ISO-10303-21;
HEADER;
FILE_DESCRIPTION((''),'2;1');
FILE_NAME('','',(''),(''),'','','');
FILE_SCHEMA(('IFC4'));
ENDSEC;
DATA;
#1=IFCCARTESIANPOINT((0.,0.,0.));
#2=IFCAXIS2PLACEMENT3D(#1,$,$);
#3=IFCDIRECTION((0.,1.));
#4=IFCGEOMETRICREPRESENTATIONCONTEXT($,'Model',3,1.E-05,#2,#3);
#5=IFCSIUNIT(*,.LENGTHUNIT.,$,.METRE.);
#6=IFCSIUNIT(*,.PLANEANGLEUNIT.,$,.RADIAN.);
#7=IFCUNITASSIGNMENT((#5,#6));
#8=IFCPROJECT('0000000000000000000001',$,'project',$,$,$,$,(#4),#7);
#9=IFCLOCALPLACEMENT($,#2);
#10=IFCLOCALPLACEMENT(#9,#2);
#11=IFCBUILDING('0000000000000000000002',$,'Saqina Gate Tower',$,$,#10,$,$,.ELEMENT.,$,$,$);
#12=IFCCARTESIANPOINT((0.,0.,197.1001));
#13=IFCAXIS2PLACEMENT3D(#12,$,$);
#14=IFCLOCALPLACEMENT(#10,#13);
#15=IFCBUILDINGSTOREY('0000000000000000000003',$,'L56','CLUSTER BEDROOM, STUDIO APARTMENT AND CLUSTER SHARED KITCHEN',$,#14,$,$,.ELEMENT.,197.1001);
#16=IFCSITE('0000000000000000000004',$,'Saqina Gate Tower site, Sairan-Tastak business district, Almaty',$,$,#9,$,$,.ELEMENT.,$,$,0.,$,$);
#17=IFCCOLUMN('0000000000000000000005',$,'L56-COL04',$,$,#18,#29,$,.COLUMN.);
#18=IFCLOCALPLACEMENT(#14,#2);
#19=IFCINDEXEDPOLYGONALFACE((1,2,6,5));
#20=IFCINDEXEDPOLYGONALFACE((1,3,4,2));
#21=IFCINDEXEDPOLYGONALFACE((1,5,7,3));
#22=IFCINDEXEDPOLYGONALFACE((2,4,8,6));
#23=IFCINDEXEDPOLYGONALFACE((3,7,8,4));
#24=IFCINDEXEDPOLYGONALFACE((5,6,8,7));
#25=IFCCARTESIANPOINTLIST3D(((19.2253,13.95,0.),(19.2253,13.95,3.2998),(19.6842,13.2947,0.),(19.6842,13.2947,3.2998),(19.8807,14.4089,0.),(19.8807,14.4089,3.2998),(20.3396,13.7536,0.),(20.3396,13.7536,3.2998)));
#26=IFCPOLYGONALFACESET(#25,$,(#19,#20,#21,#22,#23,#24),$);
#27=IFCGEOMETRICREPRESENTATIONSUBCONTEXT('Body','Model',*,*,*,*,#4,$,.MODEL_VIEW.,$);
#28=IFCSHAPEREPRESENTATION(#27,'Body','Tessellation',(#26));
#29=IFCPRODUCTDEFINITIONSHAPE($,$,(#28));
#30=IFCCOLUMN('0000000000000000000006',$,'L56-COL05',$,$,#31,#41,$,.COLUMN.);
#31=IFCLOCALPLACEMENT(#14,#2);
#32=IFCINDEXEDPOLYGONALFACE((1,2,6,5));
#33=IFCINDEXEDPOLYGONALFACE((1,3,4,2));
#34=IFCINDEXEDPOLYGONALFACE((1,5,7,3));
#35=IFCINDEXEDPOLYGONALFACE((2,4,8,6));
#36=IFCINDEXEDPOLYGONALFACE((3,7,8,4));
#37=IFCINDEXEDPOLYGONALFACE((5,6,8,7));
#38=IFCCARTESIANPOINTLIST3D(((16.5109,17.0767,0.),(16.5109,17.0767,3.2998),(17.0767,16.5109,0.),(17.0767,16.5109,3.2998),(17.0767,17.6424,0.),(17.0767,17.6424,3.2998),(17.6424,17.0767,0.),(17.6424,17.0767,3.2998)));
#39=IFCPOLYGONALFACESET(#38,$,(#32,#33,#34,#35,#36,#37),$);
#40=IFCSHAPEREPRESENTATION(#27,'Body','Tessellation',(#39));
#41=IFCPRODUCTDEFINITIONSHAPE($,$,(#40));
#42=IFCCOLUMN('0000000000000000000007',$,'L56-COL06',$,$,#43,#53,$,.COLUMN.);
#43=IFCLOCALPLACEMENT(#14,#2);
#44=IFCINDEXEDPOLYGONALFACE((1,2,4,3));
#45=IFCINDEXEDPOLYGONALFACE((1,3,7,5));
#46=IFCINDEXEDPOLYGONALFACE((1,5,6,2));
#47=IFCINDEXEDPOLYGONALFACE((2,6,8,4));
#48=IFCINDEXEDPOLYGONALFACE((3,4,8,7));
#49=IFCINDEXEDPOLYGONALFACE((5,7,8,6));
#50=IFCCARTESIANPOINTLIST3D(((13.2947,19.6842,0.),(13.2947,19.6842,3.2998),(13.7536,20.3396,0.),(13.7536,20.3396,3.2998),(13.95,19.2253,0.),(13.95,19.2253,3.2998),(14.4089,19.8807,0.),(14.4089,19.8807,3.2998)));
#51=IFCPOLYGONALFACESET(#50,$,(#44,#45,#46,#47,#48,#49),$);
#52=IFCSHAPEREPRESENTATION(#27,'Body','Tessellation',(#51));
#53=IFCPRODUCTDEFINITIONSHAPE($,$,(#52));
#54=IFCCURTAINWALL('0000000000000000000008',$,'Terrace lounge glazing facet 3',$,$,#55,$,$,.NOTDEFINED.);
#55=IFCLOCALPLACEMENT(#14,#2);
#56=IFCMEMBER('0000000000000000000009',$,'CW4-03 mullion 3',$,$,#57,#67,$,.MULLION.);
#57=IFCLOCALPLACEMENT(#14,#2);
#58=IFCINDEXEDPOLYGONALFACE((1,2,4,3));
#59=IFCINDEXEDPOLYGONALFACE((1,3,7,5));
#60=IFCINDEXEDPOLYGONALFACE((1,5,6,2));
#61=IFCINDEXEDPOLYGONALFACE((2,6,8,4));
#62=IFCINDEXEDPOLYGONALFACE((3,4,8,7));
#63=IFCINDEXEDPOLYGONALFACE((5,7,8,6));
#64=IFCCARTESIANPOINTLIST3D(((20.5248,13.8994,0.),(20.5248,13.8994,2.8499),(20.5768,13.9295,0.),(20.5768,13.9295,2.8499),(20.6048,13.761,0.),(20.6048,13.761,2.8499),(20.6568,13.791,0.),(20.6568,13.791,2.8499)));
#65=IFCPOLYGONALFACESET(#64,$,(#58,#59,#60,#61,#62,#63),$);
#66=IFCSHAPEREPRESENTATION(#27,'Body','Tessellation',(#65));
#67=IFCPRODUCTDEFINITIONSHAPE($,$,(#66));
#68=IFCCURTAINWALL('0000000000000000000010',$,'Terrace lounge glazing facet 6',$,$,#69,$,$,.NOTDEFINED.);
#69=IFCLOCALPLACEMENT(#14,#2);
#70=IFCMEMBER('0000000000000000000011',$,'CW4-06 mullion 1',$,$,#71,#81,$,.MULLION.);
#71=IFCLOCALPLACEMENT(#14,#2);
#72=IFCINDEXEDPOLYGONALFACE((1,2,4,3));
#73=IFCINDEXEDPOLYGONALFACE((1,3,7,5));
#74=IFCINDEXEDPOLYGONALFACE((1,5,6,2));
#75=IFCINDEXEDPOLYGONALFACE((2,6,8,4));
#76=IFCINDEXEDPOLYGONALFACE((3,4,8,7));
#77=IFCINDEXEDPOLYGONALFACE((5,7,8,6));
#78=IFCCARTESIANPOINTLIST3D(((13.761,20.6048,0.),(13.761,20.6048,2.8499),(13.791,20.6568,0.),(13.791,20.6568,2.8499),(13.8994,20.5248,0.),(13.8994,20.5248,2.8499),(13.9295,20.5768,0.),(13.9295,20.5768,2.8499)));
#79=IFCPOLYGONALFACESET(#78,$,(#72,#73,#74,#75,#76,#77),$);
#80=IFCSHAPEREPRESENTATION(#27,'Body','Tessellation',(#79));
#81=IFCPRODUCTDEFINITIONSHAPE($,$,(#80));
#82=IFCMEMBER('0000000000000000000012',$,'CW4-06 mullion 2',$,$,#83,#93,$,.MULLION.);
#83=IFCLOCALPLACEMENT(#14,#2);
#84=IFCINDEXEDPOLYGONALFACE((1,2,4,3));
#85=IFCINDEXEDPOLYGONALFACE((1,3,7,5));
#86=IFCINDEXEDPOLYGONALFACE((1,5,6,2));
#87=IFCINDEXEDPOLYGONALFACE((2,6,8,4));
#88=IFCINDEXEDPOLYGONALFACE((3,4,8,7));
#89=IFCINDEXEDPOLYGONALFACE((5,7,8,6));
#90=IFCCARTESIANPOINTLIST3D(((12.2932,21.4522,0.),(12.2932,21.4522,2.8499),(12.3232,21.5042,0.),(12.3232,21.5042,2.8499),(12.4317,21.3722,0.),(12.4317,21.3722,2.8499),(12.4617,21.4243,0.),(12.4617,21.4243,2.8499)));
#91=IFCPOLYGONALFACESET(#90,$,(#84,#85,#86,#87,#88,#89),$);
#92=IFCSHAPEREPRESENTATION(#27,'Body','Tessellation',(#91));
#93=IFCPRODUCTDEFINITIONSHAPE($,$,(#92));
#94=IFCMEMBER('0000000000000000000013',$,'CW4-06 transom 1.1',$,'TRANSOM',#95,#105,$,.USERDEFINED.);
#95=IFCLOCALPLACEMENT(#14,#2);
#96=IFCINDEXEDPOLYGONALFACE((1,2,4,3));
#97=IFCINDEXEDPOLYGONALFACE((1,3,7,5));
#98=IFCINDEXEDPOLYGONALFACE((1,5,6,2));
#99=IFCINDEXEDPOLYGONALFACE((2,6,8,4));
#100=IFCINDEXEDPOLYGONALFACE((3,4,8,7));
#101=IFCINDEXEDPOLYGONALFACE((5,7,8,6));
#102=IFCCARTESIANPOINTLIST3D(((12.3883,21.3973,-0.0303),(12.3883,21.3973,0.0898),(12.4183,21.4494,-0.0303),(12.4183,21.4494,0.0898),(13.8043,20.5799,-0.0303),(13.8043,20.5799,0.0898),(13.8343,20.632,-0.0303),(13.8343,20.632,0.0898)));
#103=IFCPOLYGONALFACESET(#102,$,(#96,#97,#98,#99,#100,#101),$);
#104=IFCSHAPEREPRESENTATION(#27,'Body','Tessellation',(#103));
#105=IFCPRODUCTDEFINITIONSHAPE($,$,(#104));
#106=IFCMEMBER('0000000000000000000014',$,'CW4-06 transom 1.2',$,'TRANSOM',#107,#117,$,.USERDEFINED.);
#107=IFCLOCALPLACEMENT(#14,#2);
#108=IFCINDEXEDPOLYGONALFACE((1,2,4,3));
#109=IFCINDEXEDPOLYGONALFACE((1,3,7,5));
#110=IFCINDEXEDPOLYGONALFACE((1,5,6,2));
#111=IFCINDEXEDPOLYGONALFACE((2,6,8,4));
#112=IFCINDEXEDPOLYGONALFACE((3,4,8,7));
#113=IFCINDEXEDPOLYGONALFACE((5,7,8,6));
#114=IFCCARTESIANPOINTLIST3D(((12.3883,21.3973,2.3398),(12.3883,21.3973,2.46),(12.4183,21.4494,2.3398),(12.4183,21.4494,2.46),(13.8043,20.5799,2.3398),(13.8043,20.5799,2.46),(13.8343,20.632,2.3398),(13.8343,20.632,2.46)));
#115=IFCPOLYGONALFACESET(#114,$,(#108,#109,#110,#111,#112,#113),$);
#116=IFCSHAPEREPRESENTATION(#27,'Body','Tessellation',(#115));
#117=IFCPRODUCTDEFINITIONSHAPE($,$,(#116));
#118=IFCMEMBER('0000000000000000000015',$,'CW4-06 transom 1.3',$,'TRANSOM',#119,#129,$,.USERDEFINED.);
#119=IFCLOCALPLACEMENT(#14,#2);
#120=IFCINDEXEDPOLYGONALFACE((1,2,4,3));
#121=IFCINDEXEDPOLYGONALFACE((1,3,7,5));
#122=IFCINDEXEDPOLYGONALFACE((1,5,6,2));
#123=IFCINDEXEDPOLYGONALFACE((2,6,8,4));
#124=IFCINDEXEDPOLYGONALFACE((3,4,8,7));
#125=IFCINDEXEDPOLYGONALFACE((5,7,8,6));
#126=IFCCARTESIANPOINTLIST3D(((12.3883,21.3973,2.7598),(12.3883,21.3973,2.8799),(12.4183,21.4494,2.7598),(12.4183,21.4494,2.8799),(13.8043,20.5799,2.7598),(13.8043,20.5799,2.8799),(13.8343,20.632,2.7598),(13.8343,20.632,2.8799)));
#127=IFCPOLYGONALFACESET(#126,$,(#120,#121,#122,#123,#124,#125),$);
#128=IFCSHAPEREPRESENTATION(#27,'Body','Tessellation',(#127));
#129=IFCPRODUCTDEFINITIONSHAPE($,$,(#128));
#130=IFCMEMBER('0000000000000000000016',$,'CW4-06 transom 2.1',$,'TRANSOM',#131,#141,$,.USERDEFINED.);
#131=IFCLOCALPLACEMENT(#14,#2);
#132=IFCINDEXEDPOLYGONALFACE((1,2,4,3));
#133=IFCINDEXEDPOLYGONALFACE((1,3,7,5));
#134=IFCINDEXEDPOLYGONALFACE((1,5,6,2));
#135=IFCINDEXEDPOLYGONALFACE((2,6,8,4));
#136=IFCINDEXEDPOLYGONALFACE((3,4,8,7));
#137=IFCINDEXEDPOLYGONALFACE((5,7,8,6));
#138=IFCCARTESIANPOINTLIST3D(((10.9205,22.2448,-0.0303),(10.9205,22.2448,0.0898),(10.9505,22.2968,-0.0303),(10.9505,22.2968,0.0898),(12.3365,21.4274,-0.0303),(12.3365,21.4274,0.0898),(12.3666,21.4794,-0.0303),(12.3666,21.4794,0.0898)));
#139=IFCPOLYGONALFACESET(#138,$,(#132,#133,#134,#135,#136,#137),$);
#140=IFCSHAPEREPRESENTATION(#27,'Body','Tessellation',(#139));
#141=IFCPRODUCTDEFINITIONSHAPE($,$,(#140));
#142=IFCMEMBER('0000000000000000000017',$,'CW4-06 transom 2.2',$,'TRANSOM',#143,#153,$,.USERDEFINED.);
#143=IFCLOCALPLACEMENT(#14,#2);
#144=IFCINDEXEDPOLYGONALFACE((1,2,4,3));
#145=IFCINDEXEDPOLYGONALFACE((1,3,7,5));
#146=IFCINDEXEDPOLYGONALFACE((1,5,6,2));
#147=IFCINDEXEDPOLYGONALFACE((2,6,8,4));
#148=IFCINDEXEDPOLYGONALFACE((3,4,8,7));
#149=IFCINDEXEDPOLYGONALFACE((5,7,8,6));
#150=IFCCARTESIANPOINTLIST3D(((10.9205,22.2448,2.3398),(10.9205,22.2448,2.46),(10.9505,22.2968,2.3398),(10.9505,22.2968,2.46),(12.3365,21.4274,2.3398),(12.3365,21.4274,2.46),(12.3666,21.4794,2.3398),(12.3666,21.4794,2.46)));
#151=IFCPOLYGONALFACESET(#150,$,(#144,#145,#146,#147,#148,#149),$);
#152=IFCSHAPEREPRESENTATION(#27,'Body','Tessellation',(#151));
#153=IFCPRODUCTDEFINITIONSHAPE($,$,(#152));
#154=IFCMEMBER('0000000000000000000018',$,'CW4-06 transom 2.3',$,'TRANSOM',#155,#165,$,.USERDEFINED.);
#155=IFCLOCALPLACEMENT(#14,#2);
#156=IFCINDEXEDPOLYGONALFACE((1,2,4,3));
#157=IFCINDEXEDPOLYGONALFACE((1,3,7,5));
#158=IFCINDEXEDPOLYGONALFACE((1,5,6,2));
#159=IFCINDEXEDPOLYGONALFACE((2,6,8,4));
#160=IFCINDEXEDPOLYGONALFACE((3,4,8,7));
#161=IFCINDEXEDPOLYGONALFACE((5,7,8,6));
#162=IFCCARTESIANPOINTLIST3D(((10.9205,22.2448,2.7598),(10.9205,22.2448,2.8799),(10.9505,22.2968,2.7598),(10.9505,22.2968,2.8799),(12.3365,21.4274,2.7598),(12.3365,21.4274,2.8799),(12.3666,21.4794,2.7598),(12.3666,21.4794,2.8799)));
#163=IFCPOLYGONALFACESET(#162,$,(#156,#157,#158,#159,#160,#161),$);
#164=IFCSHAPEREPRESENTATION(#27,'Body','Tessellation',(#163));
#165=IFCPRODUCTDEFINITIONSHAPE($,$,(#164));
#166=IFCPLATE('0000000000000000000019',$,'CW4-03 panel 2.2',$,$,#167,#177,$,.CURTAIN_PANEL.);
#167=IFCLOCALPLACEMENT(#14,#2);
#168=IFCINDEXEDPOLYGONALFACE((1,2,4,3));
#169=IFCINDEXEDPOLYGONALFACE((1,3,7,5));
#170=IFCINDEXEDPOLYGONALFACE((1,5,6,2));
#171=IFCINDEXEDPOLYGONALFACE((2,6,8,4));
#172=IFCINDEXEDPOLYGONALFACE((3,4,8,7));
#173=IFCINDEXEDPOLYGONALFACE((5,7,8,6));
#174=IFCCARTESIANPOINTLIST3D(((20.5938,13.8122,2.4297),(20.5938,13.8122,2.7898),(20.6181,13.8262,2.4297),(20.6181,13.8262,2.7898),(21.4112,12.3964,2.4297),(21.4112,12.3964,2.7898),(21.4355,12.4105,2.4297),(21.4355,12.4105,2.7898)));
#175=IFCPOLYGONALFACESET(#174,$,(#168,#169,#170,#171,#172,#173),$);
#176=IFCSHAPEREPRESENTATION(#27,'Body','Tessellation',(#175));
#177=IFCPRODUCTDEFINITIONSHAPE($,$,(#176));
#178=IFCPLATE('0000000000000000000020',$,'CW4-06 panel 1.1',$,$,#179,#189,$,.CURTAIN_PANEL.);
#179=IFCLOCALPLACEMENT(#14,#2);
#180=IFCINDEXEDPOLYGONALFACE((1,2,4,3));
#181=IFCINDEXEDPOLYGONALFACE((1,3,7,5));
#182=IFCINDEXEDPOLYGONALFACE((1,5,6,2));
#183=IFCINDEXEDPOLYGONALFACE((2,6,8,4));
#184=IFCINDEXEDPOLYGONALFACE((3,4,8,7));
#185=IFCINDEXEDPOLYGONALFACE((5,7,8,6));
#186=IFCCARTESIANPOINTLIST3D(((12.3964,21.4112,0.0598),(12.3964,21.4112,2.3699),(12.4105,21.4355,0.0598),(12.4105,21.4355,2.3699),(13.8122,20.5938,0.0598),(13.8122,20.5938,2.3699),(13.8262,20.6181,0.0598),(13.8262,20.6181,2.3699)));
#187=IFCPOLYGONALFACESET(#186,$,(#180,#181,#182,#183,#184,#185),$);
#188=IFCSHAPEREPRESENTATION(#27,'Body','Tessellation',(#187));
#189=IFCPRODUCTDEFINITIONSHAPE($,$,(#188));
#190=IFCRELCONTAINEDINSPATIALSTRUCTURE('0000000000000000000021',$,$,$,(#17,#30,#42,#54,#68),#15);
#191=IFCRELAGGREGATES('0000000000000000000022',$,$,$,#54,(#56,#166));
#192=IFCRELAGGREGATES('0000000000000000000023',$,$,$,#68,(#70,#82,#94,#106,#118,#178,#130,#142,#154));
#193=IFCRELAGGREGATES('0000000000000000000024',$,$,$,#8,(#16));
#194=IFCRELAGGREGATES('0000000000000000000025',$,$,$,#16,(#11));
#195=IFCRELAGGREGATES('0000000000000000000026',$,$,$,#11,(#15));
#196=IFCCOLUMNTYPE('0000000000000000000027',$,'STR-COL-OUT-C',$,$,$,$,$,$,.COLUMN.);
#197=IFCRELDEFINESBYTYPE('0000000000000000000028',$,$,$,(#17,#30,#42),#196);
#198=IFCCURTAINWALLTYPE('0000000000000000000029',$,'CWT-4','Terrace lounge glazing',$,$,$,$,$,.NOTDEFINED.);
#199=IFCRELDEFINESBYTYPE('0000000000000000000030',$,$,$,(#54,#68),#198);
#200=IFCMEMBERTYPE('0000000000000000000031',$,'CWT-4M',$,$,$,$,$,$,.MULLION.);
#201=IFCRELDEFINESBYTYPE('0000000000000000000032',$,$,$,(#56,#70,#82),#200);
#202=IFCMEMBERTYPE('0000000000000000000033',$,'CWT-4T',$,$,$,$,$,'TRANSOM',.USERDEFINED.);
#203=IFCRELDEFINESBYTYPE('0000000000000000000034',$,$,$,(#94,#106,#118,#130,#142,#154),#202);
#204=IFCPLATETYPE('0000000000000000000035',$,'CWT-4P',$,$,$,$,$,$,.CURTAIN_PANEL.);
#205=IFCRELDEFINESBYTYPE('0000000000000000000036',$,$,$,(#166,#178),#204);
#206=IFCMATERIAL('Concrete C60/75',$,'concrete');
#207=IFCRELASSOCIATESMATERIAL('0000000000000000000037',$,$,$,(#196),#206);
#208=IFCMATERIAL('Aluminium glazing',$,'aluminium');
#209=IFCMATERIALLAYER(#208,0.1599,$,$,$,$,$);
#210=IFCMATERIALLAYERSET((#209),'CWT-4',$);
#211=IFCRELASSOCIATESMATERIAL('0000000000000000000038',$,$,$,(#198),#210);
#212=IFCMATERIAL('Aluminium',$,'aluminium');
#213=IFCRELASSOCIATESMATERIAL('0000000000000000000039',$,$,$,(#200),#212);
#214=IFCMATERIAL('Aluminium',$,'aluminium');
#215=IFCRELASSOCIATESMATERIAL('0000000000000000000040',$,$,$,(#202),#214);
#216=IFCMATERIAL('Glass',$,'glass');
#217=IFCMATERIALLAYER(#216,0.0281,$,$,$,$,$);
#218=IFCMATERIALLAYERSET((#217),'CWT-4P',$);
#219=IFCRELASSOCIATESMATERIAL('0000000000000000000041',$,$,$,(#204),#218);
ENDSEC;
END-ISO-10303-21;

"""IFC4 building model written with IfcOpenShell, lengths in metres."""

from ifc_helpers import new_model, si_unit, direction, frame, origin, origin_2d, place, context, subcontext, project, spatial, rectangle, extrude, material, layer, layer_set, material_profile, profile_set, type_object, element, aggregate, save


model = new_model("IFC4")

# Units and contexts
model_context = context("Model", 3, precision=1e-05, world=origin(), true_north=direction((0.0, 1.0)))
body_context = subcontext(model_context, "Body", "Model", "MODEL_VIEW")
ifc_project = project(units=[si_unit("LENGTHUNIT", "METRE"), si_unit("PLANEANGLEUNIT", "RADIAN")], contexts=[model_context])

# Site, building, storey
site_placement = place(None, origin())
site = spatial("IfcSite", under=ifc_project, at=site_placement, Name="Saqina Gate Tower site, Sairan-Tastak business district, Almaty", CompositionType="ELEMENT", RefElevation=0.0)
building_placement = place(site_placement, origin())
building = spatial("IfcBuilding", under=site, at=building_placement, Name="Saqina Gate Tower", CompositionType="ELEMENT")
storey_placement = place(building_placement, frame((0.0, 0.0, 197.1001)))
storey = spatial("IfcBuildingStorey", under=building, at=storey_placement, Name="L56", Description="CLUSTER BEDROOM, STUDIO APARTMENT AND CLUSTER SHARED KITCHEN", CompositionType="ELEMENT", Elevation=197.1001)

# Columns
ifc_material_1 = material(Name="Concrete C60/75", Category="concrete")
ifc_material_profile_1 = material_profile(ifc_material_1, rectangle(XDim=0.8, YDim=0.8, at=origin_2d()), Name="RC 800x800")
ifc_profile_set_1 = profile_set([ifc_material_profile_1], Name="Concrete C60/75")
column_type = type_object("IfcColumnType", Name="STR-COL-OUT-C", PredefinedType="COLUMN", material=ifc_profile_set_1)
for number, where, z_axis, x_axis, name in (
    (1, (19.7825, 13.8518, 0.0), (0.0, 0.0, 1.0), (0.819152, 0.573576, 0.0), "L56-COL04"),
    (2, (17.0767, 17.0767, 0.0), (0.0, 0.0, 1.0), (0.707107, 0.707107, 0.0), "L56-COL05"),
    (3, (13.8518, 19.7825, 0.0), (0.0, 0.0, 1.0), (0.573576, 0.819152, 0.0), "L56-COL06"),
):
    element("IfcColumn", number, at=place(storey_placement, frame(where, z_axis=z_axis, x_axis=x_axis)), inside=storey, type_object=column_type, Name=name, PredefinedType="COLUMN", context=body_context, shape_type="SweptSolid", body=[
        extrude(rectangle(XDim=0.8, YDim=0.8, at=origin_2d()), origin(), (0.0, 0.0, 1.0), 3.2998),
    ])

# Curtain wall, member
ifc_material_2 = material(Name="Aluminium glazing", Category="aluminium")
ifc_layer_1 = layer(ifc_material_2, 0.1599)
ifc_layer_set_1 = layer_set([ifc_layer_1], Name="CWT-4")
curtain_wall_type = type_object("IfcCurtainWallType", Name="CWT-4", Description="Terrace lounge glazing", PredefinedType="NOTDEFINED", material=ifc_layer_set_1)
curtain_wall_1_placement = place(storey_placement, origin())
curtain_wall_1 = element("IfcCurtainWall", 4, at=curtain_wall_1_placement, inside=storey, type_object=curtain_wall_type, Name="Terrace lounge glazing facet 3", PredefinedType="NOTDEFINED")
ifc_material_3 = material(Name="Aluminium", Category="aluminium")
ifc_material_profile_2 = material_profile(ifc_material_3, rectangle(XDim=0.0601, YDim=0.1599, at=origin_2d()), Name="Aluminium 60x160")
ifc_profile_set_2 = profile_set([ifc_material_profile_2], Name="Aluminium")
member_type_1 = type_object("IfcMemberType", Name="CWT-4M", PredefinedType="MULLION", material=ifc_profile_set_2)
member_1_placement = place(storey_placement, frame((20.5908, 13.8452, 0.0), z_axis=(0.0, 0.0, 1.0), x_axis=(-0.866017, -0.500014, 0.0)))
member_1 = element("IfcMember", 5, at=member_1_placement, type_object=member_type_1, Name="CW4-03 mullion 3", PredefinedType="MULLION", context=body_context, shape_type="SweptSolid", body=[
    extrude(rectangle(XDim=0.0601, YDim=0.1599, at=origin_2d()), origin(), (0.0, 0.0, 1.0), 2.8499),
])

# Curtain wall, members
curtain_wall_2_placement = place(storey_placement, origin())
curtain_wall_2 = element("IfcCurtainWall", 6, at=curtain_wall_2_placement, inside=storey, type_object=curtain_wall_type, Name="Terrace lounge glazing facet 6", PredefinedType="NOTDEFINED")
member_2_placement = place(storey_placement, frame((13.8452, 20.5908, 0.0), z_axis=(0.0, 0.0, 1.0), x_axis=(-0.500014, -0.866017, 0.0)))
member_2 = element("IfcMember", 7, at=member_2_placement, type_object=member_type_1, Name="CW4-06 mullion 1", PredefinedType="MULLION", context=body_context, shape_type="SweptSolid", body=[
    extrude(rectangle(XDim=0.0601, YDim=0.1599, at=origin_2d()), origin(), (0.0, 0.0, 1.0), 2.8499),
])
member_3_placement = place(storey_placement, frame((12.3774, 21.4382, 0.0), z_axis=(0.0, 0.0, 1.0), x_axis=(-0.500014, -0.866017, 0.0)))
member_3 = element("IfcMember", 8, at=member_3_placement, type_object=member_type_1, Name="CW4-06 mullion 2", PredefinedType="MULLION", context=body_context, shape_type="SweptSolid", body=[
    extrude(rectangle(XDim=0.0601, YDim=0.1599, at=origin_2d()), origin(), (0.0, 0.0, 1.0), 2.8499),
])
ifc_material_4 = material(Name="Aluminium", Category="aluminium")
ifc_material_profile_3 = material_profile(ifc_material_4, rectangle(XDim=0.0601, YDim=0.1201, at=origin_2d()), Name="Aluminium 60x120")
ifc_profile_set_3 = profile_set([ifc_material_profile_3], Name="Aluminium")
member_type_2 = type_object("IfcMemberType", Name="CWT-4T", ElementType="TRANSOM", PredefinedType="USERDEFINED", material=ifc_profile_set_3)
member_4_placement = place(storey_placement, frame((13.8193, 20.606, 0.0298), z_axis=(-0.866066, 0.499929, 0.0), x_axis=(-0.499929, -0.866066, 0.0)))
member_4 = element("IfcMember", 9, at=member_4_placement, type_object=member_type_2, Name="CW4-06 transom 1.1", ObjectType="TRANSOM", PredefinedType="USERDEFINED", context=body_context, shape_type="SweptSolid", body=[
    extrude(rectangle(XDim=0.0601, YDim=0.1201, at=origin_2d()), origin(), (0.0, 0.0, 1.0), 1.635),
])
member_5_placement = place(storey_placement, frame((13.8193, 20.606, 2.3999), z_axis=(-0.866066, 0.499929, 0.0), x_axis=(-0.499929, -0.866066, 0.0)))
member_5 = element("IfcMember", 10, at=member_5_placement, type_object=member_type_2, Name="CW4-06 transom 1.2", ObjectType="TRANSOM", PredefinedType="USERDEFINED", context=body_context, shape_type="SweptSolid", body=[
    extrude(rectangle(XDim=0.0601, YDim=0.1201, at=origin_2d()), origin(), (0.0, 0.0, 1.0), 1.635),
])
member_6_placement = place(storey_placement, frame((13.8193, 20.606, 2.8198), z_axis=(-0.866066, 0.499929, 0.0), x_axis=(-0.499929, -0.866066, 0.0)))
member_6 = element("IfcMember", 11, at=member_6_placement, type_object=member_type_2, Name="CW4-06 transom 1.3", ObjectType="TRANSOM", PredefinedType="USERDEFINED", context=body_context, shape_type="SweptSolid", body=[
    extrude(rectangle(XDim=0.0601, YDim=0.1201, at=origin_2d()), origin(), (0.0, 0.0, 1.0), 1.635),
])
member_7_placement = place(storey_placement, frame((12.3516, 21.4534, 0.0298), z_axis=(-0.866066, 0.499929, 0.0), x_axis=(-0.499929, -0.866066, 0.0)))
member_7 = element("IfcMember", 12, at=member_7_placement, type_object=member_type_2, Name="CW4-06 transom 2.1", ObjectType="TRANSOM", PredefinedType="USERDEFINED", context=body_context, shape_type="SweptSolid", body=[
    extrude(rectangle(XDim=0.0601, YDim=0.1201, at=origin_2d()), origin(), (0.0, 0.0, 1.0), 1.635),
])
member_8_placement = place(storey_placement, frame((12.3516, 21.4534, 2.3999), z_axis=(-0.866066, 0.499929, 0.0), x_axis=(-0.499929, -0.866066, 0.0)))
member_8 = element("IfcMember", 13, at=member_8_placement, type_object=member_type_2, Name="CW4-06 transom 2.2", ObjectType="TRANSOM", PredefinedType="USERDEFINED", context=body_context, shape_type="SweptSolid", body=[
    extrude(rectangle(XDim=0.0601, YDim=0.1201, at=origin_2d()), origin(), (0.0, 0.0, 1.0), 1.635),
])
member_9_placement = place(storey_placement, frame((12.3516, 21.4534, 2.8198), z_axis=(-0.866066, 0.499929, 0.0), x_axis=(-0.499929, -0.866066, 0.0)))
member_9 = element("IfcMember", 14, at=member_9_placement, type_object=member_type_2, Name="CW4-06 transom 2.3", ObjectType="TRANSOM", PredefinedType="USERDEFINED", context=body_context, shape_type="SweptSolid", body=[
    extrude(rectangle(XDim=0.0601, YDim=0.1201, at=origin_2d()), origin(), (0.0, 0.0, 1.0), 1.635),
])

# Plates
ifc_material_5 = material(Name="Glass", Category="glass")
ifc_layer_2 = layer(ifc_material_5, 0.0281)
ifc_layer_set_2 = layer_set([ifc_layer_2], Name="CWT-4P")
plate_type = type_object("IfcPlateType", Name="CWT-4P", PredefinedType="CURTAIN_PANEL", material=ifc_layer_set_2)
plate_1_placement = place(storey_placement, frame((21.0146, 13.1113, 2.4297), z_axis=(0.0, 0.0, 1.0), x_axis=(-0.500014, 0.866017, 0.0)))
plate_1 = element("IfcPlate", 15, at=plate_1_placement, type_object=plate_type, Name="CW4-03 panel 2.2", PredefinedType="CURTAIN_PANEL", context=body_context, shape_type="SweptSolid", body=[
    extrude(rectangle(XDim=1.6348, YDim=0.0281, at=origin_2d()), origin(), (0.0, 0.0, 1.0), 0.3601),
])
aggregate(curtain_wall_1, [member_1, plate_1])
plate_2_placement = place(storey_placement, frame((13.1113, 21.0146, 0.0598), z_axis=(0.0, 0.0, 1.0), x_axis=(-0.866017, 0.500014, 0.0)))
plate_2 = element("IfcPlate", 16, at=plate_2_placement, type_object=plate_type, Name="CW4-06 panel 1.1", PredefinedType="CURTAIN_PANEL", context=body_context, shape_type="SweptSolid", body=[
    extrude(rectangle(XDim=1.6348, YDim=0.0281, at=origin_2d()), origin(), (0.0, 0.0, 1.0), 2.3101),
])
aggregate(curtain_wall_2, [member_2, member_3, member_4, member_5, member_6, plate_2, member_7, member_8, member_9])

save(model, "model.ifc")
